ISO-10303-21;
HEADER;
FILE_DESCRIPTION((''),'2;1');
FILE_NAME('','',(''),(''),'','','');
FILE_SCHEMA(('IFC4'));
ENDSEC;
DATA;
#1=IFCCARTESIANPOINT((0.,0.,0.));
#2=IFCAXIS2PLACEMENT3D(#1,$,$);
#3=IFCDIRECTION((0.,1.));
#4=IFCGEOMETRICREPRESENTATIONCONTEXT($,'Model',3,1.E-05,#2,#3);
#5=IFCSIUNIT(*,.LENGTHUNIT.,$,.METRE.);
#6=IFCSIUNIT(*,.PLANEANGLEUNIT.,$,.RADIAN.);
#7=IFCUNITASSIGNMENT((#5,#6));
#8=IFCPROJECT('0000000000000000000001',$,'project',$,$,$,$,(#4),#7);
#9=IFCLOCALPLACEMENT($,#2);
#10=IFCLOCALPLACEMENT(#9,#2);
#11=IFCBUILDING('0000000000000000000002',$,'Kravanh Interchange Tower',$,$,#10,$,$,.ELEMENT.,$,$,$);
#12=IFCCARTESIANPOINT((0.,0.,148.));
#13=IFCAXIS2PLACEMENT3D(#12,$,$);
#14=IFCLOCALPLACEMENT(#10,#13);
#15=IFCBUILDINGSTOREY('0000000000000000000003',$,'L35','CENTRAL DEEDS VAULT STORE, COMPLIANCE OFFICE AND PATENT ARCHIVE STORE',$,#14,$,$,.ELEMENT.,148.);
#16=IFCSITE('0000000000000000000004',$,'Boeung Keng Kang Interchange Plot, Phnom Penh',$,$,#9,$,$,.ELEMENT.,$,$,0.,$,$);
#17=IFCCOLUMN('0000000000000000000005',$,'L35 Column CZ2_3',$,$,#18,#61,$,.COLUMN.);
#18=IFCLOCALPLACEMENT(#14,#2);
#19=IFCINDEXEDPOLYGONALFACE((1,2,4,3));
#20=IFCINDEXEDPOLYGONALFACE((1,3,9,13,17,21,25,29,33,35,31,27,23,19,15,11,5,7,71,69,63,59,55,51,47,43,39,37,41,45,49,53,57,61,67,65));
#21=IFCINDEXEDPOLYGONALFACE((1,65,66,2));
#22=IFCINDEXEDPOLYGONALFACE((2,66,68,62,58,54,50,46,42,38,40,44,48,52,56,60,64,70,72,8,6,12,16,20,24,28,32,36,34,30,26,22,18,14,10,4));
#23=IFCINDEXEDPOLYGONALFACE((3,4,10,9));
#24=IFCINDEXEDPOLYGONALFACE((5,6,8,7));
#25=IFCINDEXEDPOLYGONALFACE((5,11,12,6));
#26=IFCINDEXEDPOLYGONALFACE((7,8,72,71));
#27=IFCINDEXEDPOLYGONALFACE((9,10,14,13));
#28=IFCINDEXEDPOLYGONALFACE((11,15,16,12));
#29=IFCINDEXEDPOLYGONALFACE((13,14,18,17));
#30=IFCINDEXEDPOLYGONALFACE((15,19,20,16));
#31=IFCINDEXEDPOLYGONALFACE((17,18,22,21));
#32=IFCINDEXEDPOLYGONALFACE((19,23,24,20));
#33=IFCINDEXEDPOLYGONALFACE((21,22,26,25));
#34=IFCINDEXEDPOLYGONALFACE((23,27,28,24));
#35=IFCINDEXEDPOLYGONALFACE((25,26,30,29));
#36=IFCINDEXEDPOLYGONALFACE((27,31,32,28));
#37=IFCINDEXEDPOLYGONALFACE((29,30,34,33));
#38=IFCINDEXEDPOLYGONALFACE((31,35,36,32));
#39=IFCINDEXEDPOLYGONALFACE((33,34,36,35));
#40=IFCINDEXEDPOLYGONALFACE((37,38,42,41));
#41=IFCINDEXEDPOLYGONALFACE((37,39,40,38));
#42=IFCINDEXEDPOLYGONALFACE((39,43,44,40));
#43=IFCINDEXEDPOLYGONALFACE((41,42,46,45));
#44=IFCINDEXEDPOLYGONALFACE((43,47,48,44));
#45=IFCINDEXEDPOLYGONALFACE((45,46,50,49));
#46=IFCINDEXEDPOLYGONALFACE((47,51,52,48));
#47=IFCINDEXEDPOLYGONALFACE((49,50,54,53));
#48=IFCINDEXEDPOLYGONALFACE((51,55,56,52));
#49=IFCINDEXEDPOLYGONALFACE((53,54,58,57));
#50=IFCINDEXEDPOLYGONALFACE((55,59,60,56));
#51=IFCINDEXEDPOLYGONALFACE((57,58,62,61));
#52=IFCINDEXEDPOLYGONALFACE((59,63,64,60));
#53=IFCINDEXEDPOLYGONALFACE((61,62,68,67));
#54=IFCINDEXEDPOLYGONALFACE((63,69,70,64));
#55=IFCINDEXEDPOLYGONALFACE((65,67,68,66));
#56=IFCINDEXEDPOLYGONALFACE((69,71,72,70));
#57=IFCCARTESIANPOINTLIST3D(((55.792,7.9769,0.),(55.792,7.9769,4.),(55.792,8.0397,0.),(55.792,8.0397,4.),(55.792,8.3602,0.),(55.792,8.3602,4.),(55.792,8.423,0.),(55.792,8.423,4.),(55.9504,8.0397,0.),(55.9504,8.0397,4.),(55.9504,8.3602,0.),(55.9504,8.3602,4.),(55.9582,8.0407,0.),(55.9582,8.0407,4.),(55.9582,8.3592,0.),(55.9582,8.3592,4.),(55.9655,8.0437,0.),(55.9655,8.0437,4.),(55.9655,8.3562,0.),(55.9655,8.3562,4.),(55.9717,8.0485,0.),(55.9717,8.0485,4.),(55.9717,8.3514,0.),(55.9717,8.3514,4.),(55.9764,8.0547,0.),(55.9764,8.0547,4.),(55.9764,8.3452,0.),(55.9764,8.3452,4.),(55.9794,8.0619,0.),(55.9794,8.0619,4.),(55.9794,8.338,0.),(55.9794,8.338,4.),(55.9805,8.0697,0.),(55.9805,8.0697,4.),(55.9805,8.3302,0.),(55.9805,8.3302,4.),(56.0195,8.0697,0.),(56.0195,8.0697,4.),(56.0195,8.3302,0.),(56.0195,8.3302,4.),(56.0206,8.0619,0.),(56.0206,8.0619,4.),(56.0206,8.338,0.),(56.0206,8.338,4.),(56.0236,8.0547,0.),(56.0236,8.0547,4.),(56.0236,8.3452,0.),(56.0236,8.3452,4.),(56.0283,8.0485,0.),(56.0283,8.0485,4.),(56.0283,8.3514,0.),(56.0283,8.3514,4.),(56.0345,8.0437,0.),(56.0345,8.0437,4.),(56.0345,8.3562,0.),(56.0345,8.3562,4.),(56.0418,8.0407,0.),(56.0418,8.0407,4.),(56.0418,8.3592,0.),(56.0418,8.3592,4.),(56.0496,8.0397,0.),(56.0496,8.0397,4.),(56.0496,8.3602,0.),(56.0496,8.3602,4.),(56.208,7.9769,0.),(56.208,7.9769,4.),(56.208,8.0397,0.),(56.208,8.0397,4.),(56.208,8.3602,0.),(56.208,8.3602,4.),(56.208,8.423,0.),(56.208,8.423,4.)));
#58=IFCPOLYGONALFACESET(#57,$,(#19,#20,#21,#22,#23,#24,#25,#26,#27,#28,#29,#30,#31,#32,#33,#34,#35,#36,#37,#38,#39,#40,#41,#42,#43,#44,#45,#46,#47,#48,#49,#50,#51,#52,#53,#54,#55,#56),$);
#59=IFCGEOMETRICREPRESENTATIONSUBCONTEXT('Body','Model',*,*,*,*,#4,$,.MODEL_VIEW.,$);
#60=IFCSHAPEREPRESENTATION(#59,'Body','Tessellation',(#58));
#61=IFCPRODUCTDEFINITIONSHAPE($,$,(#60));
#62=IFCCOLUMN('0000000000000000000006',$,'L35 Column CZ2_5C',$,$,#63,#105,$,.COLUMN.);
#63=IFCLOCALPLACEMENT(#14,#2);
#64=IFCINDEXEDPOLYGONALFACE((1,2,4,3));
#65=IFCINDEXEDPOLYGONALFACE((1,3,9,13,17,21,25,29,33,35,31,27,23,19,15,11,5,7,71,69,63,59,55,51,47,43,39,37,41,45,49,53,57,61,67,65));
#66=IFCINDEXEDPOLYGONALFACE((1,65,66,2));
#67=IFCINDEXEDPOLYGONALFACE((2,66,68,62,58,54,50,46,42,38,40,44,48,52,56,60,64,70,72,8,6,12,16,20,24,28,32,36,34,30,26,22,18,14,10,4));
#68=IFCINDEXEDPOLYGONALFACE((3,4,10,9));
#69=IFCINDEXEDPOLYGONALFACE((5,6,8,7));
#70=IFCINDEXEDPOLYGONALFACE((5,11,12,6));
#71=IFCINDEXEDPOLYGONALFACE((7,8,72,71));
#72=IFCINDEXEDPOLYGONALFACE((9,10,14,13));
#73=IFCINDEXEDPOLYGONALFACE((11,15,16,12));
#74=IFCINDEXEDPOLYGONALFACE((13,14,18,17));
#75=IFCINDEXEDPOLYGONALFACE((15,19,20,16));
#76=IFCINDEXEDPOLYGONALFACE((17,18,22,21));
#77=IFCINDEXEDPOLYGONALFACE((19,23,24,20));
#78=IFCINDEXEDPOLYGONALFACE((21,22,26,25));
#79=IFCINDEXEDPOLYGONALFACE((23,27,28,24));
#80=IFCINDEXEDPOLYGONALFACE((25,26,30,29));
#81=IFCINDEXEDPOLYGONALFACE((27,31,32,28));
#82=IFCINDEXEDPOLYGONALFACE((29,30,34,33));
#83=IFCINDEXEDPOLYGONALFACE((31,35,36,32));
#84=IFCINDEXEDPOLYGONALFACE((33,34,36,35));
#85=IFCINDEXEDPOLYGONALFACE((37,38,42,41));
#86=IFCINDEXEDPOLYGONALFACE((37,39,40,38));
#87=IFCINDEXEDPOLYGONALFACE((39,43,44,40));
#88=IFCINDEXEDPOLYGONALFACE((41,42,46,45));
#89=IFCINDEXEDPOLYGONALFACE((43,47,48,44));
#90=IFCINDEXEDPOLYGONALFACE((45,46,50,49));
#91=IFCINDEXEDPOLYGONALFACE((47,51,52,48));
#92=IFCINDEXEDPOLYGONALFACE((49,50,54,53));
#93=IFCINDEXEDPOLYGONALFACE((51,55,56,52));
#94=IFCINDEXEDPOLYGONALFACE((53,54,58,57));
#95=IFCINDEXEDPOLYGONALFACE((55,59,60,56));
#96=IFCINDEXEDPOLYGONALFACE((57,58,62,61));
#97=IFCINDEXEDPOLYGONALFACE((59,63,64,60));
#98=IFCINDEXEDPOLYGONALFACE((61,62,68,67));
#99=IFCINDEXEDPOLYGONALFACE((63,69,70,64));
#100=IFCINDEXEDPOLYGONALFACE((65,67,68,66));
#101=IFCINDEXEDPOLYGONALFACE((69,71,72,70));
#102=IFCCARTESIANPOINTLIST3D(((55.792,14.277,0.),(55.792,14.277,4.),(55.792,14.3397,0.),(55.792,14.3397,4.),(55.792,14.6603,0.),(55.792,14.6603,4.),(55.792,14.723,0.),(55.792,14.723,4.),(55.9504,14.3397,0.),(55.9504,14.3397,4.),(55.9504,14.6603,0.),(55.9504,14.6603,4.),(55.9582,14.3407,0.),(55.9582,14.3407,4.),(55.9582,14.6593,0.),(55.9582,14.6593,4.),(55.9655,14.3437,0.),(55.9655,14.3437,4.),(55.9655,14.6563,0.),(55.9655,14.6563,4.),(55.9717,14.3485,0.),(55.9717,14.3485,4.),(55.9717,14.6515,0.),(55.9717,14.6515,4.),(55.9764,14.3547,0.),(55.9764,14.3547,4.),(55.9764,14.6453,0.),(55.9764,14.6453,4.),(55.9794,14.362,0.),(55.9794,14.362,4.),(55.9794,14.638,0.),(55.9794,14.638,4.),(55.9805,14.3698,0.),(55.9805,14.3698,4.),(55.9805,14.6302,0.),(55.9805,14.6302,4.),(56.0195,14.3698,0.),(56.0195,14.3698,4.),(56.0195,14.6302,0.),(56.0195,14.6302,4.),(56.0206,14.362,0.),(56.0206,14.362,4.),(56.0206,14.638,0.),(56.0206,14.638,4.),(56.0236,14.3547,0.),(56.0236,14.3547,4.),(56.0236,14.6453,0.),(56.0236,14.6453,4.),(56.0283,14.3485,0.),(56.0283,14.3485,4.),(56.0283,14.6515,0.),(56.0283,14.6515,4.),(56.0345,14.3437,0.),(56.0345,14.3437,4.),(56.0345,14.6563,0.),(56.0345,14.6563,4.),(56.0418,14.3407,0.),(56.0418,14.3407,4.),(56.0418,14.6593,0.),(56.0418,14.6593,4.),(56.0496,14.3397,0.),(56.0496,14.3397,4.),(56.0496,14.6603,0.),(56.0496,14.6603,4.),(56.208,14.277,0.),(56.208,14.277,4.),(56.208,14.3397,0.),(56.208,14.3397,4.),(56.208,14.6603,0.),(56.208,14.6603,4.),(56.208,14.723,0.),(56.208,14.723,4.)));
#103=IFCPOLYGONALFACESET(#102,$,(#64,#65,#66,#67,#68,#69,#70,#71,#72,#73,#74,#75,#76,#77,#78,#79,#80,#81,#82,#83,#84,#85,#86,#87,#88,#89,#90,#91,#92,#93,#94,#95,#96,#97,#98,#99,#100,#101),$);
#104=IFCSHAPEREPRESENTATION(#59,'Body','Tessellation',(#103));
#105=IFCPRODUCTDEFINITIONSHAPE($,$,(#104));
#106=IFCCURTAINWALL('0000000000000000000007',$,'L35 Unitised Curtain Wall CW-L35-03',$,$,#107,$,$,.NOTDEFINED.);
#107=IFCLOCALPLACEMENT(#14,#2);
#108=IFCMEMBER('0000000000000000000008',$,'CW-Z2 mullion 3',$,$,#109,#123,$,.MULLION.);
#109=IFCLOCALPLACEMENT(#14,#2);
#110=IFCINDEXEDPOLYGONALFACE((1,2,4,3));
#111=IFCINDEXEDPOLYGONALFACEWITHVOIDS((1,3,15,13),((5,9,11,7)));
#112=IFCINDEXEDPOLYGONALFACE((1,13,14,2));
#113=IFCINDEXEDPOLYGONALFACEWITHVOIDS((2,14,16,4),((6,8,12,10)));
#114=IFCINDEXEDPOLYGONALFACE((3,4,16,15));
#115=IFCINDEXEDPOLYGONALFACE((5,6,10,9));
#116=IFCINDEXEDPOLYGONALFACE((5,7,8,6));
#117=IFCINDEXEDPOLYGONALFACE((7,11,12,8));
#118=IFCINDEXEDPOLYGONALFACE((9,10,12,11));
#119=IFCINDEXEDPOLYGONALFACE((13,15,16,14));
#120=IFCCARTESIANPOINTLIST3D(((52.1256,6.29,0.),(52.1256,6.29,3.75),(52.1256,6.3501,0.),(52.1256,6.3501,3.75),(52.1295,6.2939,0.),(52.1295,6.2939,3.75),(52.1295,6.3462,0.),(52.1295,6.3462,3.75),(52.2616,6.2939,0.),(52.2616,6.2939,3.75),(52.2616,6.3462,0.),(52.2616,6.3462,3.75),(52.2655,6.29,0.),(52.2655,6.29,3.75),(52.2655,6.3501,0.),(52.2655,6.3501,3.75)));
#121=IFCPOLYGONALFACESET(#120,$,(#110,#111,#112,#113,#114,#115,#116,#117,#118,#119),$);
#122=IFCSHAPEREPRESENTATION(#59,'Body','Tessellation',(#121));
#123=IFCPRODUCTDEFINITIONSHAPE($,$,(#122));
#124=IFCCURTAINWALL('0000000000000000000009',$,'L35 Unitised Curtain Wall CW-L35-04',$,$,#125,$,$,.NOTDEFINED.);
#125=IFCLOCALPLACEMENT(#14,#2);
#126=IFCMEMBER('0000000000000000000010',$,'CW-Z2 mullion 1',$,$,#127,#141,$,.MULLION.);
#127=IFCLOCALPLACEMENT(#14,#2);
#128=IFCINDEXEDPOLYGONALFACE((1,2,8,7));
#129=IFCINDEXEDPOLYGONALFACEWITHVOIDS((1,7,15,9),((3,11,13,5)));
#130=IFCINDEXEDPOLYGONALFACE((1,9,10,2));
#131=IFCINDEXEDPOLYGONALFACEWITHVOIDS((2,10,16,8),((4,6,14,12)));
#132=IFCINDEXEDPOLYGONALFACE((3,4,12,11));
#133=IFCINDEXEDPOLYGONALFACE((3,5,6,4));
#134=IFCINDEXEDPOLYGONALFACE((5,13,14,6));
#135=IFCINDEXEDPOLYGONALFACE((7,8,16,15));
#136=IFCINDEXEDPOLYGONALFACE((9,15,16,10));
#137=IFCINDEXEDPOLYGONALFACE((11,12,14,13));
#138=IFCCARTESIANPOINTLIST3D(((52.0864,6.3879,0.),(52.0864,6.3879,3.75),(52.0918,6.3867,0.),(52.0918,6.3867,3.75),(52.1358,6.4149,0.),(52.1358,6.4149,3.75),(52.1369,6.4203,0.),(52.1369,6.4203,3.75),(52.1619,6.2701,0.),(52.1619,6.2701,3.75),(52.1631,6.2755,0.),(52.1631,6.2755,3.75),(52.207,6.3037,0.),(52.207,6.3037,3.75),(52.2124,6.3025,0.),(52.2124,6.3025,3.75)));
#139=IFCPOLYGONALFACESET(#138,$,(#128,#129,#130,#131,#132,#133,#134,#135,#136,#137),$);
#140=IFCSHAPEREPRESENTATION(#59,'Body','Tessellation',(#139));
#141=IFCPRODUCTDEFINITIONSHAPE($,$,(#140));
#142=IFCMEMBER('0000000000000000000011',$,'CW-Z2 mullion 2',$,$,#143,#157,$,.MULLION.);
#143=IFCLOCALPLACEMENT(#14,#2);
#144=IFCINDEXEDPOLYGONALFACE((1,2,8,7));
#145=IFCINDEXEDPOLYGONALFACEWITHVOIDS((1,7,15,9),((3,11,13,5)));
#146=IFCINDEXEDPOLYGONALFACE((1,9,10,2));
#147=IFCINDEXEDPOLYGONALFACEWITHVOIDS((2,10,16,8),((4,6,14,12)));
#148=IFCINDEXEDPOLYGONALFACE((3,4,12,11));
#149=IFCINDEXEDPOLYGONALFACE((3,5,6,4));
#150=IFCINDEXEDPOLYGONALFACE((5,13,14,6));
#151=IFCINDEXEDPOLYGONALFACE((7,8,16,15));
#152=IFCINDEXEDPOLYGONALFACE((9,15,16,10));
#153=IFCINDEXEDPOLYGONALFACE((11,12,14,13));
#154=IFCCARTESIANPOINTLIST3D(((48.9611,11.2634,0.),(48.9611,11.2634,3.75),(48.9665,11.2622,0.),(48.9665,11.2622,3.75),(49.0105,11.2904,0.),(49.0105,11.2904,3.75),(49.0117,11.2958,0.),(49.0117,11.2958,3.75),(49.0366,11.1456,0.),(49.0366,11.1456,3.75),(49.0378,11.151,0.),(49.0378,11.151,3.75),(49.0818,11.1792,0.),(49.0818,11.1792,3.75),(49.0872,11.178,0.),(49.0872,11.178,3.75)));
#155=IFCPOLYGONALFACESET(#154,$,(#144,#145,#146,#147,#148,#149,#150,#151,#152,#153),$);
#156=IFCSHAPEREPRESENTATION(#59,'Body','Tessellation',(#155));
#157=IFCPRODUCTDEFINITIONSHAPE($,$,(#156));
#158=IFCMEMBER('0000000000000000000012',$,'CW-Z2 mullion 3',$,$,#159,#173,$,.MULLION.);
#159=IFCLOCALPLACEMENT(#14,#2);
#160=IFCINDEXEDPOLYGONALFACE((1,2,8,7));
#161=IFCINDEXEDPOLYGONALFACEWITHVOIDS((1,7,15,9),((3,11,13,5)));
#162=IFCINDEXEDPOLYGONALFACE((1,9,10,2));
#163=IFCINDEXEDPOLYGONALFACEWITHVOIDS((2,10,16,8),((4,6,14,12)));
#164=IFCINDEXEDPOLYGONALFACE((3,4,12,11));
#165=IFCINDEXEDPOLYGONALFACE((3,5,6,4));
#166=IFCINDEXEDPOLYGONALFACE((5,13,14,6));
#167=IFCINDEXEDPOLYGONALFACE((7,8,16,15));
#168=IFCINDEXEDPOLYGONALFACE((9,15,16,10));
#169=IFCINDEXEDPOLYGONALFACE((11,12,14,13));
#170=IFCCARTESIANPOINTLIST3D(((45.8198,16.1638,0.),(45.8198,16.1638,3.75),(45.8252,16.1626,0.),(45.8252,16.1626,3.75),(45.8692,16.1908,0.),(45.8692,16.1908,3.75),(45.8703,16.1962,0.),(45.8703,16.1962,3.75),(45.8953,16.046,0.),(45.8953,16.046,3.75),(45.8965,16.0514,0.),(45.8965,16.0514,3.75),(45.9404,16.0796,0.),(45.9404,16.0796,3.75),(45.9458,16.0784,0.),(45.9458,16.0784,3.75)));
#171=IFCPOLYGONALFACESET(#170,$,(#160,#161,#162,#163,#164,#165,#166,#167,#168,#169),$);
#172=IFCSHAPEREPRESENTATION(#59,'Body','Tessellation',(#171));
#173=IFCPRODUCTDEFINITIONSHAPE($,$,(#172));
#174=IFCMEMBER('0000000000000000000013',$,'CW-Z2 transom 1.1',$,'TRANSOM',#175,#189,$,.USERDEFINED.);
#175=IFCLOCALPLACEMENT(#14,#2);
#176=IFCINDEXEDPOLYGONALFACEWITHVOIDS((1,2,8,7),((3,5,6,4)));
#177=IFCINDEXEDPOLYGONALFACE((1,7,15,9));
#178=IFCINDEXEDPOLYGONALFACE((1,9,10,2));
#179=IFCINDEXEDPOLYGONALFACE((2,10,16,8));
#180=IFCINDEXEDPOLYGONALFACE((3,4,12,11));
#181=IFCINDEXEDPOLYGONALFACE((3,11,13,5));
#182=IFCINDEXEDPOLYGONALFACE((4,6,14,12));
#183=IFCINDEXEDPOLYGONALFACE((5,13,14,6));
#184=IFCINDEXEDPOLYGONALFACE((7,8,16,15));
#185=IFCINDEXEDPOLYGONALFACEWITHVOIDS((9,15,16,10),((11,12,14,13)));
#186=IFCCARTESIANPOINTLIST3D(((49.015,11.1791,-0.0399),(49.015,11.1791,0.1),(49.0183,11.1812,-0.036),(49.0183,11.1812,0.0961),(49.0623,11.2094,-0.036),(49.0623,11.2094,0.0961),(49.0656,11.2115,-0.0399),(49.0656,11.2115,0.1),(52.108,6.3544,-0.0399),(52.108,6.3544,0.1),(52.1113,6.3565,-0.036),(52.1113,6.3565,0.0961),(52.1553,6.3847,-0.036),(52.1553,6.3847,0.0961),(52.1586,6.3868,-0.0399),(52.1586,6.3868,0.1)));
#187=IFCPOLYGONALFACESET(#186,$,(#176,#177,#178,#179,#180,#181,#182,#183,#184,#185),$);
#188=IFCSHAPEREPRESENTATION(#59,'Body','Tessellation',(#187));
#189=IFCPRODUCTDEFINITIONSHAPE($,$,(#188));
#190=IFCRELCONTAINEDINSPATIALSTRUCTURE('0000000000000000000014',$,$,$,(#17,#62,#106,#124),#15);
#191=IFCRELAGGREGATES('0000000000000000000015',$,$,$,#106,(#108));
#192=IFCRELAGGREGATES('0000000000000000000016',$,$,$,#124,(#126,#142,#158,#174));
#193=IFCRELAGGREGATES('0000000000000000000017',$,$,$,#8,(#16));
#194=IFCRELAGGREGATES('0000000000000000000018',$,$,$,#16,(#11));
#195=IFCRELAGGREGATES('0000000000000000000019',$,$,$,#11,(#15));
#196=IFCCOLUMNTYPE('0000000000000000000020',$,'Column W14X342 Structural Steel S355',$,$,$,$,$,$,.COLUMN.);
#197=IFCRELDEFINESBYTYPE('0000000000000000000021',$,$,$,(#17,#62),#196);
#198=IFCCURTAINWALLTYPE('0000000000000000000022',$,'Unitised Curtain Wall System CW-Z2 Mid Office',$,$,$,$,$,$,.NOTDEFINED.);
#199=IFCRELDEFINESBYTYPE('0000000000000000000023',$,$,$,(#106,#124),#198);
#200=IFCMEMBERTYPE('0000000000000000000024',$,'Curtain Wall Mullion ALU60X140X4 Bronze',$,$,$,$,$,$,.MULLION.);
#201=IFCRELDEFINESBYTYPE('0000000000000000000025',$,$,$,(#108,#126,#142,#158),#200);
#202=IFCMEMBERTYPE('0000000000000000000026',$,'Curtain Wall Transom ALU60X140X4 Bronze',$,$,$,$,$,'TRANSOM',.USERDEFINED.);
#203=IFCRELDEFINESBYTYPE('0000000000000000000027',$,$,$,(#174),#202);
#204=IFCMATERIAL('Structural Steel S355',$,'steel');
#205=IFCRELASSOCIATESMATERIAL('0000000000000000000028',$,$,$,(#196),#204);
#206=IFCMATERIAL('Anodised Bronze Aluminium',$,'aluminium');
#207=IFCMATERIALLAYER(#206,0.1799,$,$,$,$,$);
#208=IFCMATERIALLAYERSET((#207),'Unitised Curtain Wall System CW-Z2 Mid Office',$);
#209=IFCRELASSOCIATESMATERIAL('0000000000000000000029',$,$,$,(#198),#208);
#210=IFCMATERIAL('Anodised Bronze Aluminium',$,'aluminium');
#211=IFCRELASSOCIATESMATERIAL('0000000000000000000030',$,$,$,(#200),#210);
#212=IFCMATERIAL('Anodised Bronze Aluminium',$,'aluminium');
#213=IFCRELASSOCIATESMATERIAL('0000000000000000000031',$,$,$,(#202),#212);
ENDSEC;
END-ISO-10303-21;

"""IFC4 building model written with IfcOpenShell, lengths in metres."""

from ifc_helpers import new_model, si_unit, direction, frame, origin, origin_2d, place, context, subcontext, project, spatial, hollow_rectangle, i_section, extrude, material, layer, layer_set, material_profile, profile_set, type_object, element, aggregate, save


model = new_model("IFC4")

# Units and contexts
model_context = context("Model", 3, precision=1e-05, world=origin(), true_north=direction((0.0, 1.0)))
body_context = subcontext(model_context, "Body", "Model", "MODEL_VIEW")
ifc_project = project(units=[si_unit("LENGTHUNIT", "METRE"), si_unit("PLANEANGLEUNIT", "RADIAN")], contexts=[model_context])

# Site, building, storey
site_placement = place(None, origin())
site = spatial("IfcSite", under=ifc_project, at=site_placement, Name="Boeung Keng Kang Interchange Plot, Phnom Penh", CompositionType="ELEMENT", RefElevation=0.0)
building_placement = place(site_placement, origin())
building = spatial("IfcBuilding", under=site, at=building_placement, Name="Kravanh Interchange Tower", CompositionType="ELEMENT")
storey_placement = place(building_placement, frame((0.0, 0.0, 148.0)))
storey = spatial("IfcBuildingStorey", under=building, at=storey_placement, Name="L35", Description="CENTRAL DEEDS VAULT STORE, COMPLIANCE OFFICE AND PATENT ARCHIVE STORE", CompositionType="ELEMENT", Elevation=148.0)

# Columns
ifc_material_1 = material(Name="Structural Steel S355", Category="steel")
ifc_material_profile_1 = material_profile(ifc_material_1, i_section(OverallWidth=0.416, OverallDepth=0.446, WebThickness=0.0391, FlangeThickness=0.0627, FilletRadius=0.03, at=origin_2d()), Name="W14X342")
ifc_profile_set_1 = profile_set([ifc_material_profile_1], Name="Structural Steel S355")
column_type = type_object("IfcColumnType", Name="Column W14X342 Structural Steel S355", PredefinedType="COLUMN", material=ifc_profile_set_1)
for number, where, z_axis, x_axis, name in (
    (1, (56.0, 8.2, 0.0), (0.0, 0.0, 1.0), (1.0, 0.0, 0.0), "L35 Column CZ2_3"),
    (2, (56.0, 14.5, 0.0), (0.0, 0.0, 1.0), (1.0, 0.0, 0.0), "L35 Column CZ2_5C"),
):
    element("IfcColumn", number, at=place(storey_placement, frame(where, z_axis=z_axis, x_axis=x_axis)), inside=storey, type_object=column_type, Name=name, PredefinedType="COLUMN", context=body_context, shape_type="SweptSolid", body=[
        extrude(i_section(OverallWidth=0.416, OverallDepth=0.446, WebThickness=0.0391, FlangeThickness=0.0627, FilletRadius=0.03, at=origin_2d()), origin(), (0.0, 0.0, 1.0), 4.0),
    ])

# Curtain wall, member
ifc_material_2 = material(Name="Anodised Bronze Aluminium", Category="aluminium")
ifc_layer_1 = layer(ifc_material_2, 0.1799)
ifc_layer_set_1 = layer_set([ifc_layer_1], Name="Unitised Curtain Wall System CW-Z2 Mid Office")
curtain_wall_type = type_object("IfcCurtainWallType", Name="Unitised Curtain Wall System CW-Z2 Mid Office", PredefinedType="NOTDEFINED", material=ifc_layer_set_1)
curtain_wall_1_placement = place(storey_placement, origin())
curtain_wall_1 = element("IfcCurtainWall", 3, at=curtain_wall_1_placement, inside=storey, type_object=curtain_wall_type, Name="L35 Unitised Curtain Wall CW-L35-03", PredefinedType="NOTDEFINED")
ifc_material_3 = material(Name="Anodised Bronze Aluminium", Category="aluminium")
ifc_material_profile_2 = material_profile(ifc_material_3, hollow_rectangle(XDim=0.0601, YDim=0.1399, WallThickness=0.0039, at=origin_2d()), Name="ALU60X140X4")
ifc_profile_set_2 = profile_set([ifc_material_profile_2], Name="Anodised Bronze Aluminium")
member_type_1 = type_object("IfcMemberType", Name="Curtain Wall Mullion ALU60X140X4 Bronze", PredefinedType="MULLION", material=ifc_profile_set_2)
member_1_placement = place(storey_placement, frame((52.1956, 6.3201, 0.0), z_axis=(0.0, 0.0, 1.0), x_axis=(0.0, -1.0, 0.0)))
member_1 = element("IfcMember", 4, at=member_1_placement, type_object=member_type_1, Name="CW-Z2 mullion 3", PredefinedType="MULLION", context=body_context, shape_type="SweptSolid", body=[
    extrude(hollow_rectangle(XDim=0.0601, YDim=0.1399, WallThickness=0.0039, at=origin_2d()), origin(), (0.0, 0.0, 1.0), 3.75),
])

# Curtain wall, members
curtain_wall_2_placement = place(storey_placement, origin())
curtain_wall_2 = element("IfcCurtainWall", 5, at=curtain_wall_2_placement, inside=storey, type_object=curtain_wall_type, Name="L35 Unitised Curtain Wall CW-L35-04", PredefinedType="NOTDEFINED")
member_2_placement = place(storey_placement, frame((52.1494, 6.3452, 0.0), z_axis=(0.0, 0.0, 1.0), x_axis=(-0.84188, -0.539665, 0.0)))
member_2 = element("IfcMember", 6, at=member_2_placement, type_object=member_type_1, Name="CW-Z2 mullion 1", PredefinedType="MULLION", context=body_context, shape_type="SweptSolid", body=[
    extrude(hollow_rectangle(XDim=0.0601, YDim=0.1399, WallThickness=0.0039, at=origin_2d()), origin(), (0.0, 0.0, 1.0), 3.75),
])
member_3_placement = place(storey_placement, frame((49.0242, 11.2207, 0.0), z_axis=(0.0, 0.0, 1.0), x_axis=(-0.84188, -0.539665, 0.0)))
member_3 = element("IfcMember", 7, at=member_3_placement, type_object=member_type_1, Name="CW-Z2 mullion 2", PredefinedType="MULLION", context=body_context, shape_type="SweptSolid", body=[
    extrude(hollow_rectangle(XDim=0.0601, YDim=0.1399, WallThickness=0.0039, at=origin_2d()), origin(), (0.0, 0.0, 1.0), 3.75),
])
member_4_placement = place(storey_placement, frame((45.8828, 16.1211, 0.0), z_axis=(0.0, 0.0, 1.0), x_axis=(-0.84188, -0.539665, 0.0)))
member_4 = element("IfcMember", 8, at=member_4_placement, type_object=member_type_1, Name="CW-Z2 mullion 3", PredefinedType="MULLION", context=body_context, shape_type="SweptSolid", body=[
    extrude(hollow_rectangle(XDim=0.0601, YDim=0.1399, WallThickness=0.0039, at=origin_2d()), origin(), (0.0, 0.0, 1.0), 3.75),
])
ifc_material_4 = material(Name="Anodised Bronze Aluminium", Category="aluminium")
ifc_material_profile_3 = material_profile(ifc_material_4, hollow_rectangle(XDim=0.0601, YDim=0.1399, WallThickness=0.0039, at=origin_2d()), Name="ALU60X140X4")
ifc_profile_set_3 = profile_set([ifc_material_profile_3], Name="Anodised Bronze Aluminium")
member_type_2 = type_object("IfcMemberType", Name="Curtain Wall Transom ALU60X140X4 Bronze", ElementType="TRANSOM", PredefinedType="USERDEFINED", material=ifc_profile_set_3)
member_5_placement = place(storey_placement, frame((52.1333, 6.3706, 0.03), z_axis=(-0.539698, 0.841859, 0.0), x_axis=(-0.841859, -0.539698, 0.0)))
member_5 = element("IfcMember", 9, at=member_5_placement, type_object=member_type_2, Name="CW-Z2 transom 1.1", ObjectType="TRANSOM", PredefinedType="USERDEFINED", context=body_context, shape_type="SweptSolid", body=[
    extrude(hollow_rectangle(XDim=0.0601, YDim=0.1399, WallThickness=0.0039, at=origin_2d()), origin(), (0.0, 0.0, 1.0), 5.731),
])

aggregate(curtain_wall_1, [member_1])
aggregate(curtain_wall_2, [member_2, member_3, member_4, member_5])

save(model, "model.ifc")
